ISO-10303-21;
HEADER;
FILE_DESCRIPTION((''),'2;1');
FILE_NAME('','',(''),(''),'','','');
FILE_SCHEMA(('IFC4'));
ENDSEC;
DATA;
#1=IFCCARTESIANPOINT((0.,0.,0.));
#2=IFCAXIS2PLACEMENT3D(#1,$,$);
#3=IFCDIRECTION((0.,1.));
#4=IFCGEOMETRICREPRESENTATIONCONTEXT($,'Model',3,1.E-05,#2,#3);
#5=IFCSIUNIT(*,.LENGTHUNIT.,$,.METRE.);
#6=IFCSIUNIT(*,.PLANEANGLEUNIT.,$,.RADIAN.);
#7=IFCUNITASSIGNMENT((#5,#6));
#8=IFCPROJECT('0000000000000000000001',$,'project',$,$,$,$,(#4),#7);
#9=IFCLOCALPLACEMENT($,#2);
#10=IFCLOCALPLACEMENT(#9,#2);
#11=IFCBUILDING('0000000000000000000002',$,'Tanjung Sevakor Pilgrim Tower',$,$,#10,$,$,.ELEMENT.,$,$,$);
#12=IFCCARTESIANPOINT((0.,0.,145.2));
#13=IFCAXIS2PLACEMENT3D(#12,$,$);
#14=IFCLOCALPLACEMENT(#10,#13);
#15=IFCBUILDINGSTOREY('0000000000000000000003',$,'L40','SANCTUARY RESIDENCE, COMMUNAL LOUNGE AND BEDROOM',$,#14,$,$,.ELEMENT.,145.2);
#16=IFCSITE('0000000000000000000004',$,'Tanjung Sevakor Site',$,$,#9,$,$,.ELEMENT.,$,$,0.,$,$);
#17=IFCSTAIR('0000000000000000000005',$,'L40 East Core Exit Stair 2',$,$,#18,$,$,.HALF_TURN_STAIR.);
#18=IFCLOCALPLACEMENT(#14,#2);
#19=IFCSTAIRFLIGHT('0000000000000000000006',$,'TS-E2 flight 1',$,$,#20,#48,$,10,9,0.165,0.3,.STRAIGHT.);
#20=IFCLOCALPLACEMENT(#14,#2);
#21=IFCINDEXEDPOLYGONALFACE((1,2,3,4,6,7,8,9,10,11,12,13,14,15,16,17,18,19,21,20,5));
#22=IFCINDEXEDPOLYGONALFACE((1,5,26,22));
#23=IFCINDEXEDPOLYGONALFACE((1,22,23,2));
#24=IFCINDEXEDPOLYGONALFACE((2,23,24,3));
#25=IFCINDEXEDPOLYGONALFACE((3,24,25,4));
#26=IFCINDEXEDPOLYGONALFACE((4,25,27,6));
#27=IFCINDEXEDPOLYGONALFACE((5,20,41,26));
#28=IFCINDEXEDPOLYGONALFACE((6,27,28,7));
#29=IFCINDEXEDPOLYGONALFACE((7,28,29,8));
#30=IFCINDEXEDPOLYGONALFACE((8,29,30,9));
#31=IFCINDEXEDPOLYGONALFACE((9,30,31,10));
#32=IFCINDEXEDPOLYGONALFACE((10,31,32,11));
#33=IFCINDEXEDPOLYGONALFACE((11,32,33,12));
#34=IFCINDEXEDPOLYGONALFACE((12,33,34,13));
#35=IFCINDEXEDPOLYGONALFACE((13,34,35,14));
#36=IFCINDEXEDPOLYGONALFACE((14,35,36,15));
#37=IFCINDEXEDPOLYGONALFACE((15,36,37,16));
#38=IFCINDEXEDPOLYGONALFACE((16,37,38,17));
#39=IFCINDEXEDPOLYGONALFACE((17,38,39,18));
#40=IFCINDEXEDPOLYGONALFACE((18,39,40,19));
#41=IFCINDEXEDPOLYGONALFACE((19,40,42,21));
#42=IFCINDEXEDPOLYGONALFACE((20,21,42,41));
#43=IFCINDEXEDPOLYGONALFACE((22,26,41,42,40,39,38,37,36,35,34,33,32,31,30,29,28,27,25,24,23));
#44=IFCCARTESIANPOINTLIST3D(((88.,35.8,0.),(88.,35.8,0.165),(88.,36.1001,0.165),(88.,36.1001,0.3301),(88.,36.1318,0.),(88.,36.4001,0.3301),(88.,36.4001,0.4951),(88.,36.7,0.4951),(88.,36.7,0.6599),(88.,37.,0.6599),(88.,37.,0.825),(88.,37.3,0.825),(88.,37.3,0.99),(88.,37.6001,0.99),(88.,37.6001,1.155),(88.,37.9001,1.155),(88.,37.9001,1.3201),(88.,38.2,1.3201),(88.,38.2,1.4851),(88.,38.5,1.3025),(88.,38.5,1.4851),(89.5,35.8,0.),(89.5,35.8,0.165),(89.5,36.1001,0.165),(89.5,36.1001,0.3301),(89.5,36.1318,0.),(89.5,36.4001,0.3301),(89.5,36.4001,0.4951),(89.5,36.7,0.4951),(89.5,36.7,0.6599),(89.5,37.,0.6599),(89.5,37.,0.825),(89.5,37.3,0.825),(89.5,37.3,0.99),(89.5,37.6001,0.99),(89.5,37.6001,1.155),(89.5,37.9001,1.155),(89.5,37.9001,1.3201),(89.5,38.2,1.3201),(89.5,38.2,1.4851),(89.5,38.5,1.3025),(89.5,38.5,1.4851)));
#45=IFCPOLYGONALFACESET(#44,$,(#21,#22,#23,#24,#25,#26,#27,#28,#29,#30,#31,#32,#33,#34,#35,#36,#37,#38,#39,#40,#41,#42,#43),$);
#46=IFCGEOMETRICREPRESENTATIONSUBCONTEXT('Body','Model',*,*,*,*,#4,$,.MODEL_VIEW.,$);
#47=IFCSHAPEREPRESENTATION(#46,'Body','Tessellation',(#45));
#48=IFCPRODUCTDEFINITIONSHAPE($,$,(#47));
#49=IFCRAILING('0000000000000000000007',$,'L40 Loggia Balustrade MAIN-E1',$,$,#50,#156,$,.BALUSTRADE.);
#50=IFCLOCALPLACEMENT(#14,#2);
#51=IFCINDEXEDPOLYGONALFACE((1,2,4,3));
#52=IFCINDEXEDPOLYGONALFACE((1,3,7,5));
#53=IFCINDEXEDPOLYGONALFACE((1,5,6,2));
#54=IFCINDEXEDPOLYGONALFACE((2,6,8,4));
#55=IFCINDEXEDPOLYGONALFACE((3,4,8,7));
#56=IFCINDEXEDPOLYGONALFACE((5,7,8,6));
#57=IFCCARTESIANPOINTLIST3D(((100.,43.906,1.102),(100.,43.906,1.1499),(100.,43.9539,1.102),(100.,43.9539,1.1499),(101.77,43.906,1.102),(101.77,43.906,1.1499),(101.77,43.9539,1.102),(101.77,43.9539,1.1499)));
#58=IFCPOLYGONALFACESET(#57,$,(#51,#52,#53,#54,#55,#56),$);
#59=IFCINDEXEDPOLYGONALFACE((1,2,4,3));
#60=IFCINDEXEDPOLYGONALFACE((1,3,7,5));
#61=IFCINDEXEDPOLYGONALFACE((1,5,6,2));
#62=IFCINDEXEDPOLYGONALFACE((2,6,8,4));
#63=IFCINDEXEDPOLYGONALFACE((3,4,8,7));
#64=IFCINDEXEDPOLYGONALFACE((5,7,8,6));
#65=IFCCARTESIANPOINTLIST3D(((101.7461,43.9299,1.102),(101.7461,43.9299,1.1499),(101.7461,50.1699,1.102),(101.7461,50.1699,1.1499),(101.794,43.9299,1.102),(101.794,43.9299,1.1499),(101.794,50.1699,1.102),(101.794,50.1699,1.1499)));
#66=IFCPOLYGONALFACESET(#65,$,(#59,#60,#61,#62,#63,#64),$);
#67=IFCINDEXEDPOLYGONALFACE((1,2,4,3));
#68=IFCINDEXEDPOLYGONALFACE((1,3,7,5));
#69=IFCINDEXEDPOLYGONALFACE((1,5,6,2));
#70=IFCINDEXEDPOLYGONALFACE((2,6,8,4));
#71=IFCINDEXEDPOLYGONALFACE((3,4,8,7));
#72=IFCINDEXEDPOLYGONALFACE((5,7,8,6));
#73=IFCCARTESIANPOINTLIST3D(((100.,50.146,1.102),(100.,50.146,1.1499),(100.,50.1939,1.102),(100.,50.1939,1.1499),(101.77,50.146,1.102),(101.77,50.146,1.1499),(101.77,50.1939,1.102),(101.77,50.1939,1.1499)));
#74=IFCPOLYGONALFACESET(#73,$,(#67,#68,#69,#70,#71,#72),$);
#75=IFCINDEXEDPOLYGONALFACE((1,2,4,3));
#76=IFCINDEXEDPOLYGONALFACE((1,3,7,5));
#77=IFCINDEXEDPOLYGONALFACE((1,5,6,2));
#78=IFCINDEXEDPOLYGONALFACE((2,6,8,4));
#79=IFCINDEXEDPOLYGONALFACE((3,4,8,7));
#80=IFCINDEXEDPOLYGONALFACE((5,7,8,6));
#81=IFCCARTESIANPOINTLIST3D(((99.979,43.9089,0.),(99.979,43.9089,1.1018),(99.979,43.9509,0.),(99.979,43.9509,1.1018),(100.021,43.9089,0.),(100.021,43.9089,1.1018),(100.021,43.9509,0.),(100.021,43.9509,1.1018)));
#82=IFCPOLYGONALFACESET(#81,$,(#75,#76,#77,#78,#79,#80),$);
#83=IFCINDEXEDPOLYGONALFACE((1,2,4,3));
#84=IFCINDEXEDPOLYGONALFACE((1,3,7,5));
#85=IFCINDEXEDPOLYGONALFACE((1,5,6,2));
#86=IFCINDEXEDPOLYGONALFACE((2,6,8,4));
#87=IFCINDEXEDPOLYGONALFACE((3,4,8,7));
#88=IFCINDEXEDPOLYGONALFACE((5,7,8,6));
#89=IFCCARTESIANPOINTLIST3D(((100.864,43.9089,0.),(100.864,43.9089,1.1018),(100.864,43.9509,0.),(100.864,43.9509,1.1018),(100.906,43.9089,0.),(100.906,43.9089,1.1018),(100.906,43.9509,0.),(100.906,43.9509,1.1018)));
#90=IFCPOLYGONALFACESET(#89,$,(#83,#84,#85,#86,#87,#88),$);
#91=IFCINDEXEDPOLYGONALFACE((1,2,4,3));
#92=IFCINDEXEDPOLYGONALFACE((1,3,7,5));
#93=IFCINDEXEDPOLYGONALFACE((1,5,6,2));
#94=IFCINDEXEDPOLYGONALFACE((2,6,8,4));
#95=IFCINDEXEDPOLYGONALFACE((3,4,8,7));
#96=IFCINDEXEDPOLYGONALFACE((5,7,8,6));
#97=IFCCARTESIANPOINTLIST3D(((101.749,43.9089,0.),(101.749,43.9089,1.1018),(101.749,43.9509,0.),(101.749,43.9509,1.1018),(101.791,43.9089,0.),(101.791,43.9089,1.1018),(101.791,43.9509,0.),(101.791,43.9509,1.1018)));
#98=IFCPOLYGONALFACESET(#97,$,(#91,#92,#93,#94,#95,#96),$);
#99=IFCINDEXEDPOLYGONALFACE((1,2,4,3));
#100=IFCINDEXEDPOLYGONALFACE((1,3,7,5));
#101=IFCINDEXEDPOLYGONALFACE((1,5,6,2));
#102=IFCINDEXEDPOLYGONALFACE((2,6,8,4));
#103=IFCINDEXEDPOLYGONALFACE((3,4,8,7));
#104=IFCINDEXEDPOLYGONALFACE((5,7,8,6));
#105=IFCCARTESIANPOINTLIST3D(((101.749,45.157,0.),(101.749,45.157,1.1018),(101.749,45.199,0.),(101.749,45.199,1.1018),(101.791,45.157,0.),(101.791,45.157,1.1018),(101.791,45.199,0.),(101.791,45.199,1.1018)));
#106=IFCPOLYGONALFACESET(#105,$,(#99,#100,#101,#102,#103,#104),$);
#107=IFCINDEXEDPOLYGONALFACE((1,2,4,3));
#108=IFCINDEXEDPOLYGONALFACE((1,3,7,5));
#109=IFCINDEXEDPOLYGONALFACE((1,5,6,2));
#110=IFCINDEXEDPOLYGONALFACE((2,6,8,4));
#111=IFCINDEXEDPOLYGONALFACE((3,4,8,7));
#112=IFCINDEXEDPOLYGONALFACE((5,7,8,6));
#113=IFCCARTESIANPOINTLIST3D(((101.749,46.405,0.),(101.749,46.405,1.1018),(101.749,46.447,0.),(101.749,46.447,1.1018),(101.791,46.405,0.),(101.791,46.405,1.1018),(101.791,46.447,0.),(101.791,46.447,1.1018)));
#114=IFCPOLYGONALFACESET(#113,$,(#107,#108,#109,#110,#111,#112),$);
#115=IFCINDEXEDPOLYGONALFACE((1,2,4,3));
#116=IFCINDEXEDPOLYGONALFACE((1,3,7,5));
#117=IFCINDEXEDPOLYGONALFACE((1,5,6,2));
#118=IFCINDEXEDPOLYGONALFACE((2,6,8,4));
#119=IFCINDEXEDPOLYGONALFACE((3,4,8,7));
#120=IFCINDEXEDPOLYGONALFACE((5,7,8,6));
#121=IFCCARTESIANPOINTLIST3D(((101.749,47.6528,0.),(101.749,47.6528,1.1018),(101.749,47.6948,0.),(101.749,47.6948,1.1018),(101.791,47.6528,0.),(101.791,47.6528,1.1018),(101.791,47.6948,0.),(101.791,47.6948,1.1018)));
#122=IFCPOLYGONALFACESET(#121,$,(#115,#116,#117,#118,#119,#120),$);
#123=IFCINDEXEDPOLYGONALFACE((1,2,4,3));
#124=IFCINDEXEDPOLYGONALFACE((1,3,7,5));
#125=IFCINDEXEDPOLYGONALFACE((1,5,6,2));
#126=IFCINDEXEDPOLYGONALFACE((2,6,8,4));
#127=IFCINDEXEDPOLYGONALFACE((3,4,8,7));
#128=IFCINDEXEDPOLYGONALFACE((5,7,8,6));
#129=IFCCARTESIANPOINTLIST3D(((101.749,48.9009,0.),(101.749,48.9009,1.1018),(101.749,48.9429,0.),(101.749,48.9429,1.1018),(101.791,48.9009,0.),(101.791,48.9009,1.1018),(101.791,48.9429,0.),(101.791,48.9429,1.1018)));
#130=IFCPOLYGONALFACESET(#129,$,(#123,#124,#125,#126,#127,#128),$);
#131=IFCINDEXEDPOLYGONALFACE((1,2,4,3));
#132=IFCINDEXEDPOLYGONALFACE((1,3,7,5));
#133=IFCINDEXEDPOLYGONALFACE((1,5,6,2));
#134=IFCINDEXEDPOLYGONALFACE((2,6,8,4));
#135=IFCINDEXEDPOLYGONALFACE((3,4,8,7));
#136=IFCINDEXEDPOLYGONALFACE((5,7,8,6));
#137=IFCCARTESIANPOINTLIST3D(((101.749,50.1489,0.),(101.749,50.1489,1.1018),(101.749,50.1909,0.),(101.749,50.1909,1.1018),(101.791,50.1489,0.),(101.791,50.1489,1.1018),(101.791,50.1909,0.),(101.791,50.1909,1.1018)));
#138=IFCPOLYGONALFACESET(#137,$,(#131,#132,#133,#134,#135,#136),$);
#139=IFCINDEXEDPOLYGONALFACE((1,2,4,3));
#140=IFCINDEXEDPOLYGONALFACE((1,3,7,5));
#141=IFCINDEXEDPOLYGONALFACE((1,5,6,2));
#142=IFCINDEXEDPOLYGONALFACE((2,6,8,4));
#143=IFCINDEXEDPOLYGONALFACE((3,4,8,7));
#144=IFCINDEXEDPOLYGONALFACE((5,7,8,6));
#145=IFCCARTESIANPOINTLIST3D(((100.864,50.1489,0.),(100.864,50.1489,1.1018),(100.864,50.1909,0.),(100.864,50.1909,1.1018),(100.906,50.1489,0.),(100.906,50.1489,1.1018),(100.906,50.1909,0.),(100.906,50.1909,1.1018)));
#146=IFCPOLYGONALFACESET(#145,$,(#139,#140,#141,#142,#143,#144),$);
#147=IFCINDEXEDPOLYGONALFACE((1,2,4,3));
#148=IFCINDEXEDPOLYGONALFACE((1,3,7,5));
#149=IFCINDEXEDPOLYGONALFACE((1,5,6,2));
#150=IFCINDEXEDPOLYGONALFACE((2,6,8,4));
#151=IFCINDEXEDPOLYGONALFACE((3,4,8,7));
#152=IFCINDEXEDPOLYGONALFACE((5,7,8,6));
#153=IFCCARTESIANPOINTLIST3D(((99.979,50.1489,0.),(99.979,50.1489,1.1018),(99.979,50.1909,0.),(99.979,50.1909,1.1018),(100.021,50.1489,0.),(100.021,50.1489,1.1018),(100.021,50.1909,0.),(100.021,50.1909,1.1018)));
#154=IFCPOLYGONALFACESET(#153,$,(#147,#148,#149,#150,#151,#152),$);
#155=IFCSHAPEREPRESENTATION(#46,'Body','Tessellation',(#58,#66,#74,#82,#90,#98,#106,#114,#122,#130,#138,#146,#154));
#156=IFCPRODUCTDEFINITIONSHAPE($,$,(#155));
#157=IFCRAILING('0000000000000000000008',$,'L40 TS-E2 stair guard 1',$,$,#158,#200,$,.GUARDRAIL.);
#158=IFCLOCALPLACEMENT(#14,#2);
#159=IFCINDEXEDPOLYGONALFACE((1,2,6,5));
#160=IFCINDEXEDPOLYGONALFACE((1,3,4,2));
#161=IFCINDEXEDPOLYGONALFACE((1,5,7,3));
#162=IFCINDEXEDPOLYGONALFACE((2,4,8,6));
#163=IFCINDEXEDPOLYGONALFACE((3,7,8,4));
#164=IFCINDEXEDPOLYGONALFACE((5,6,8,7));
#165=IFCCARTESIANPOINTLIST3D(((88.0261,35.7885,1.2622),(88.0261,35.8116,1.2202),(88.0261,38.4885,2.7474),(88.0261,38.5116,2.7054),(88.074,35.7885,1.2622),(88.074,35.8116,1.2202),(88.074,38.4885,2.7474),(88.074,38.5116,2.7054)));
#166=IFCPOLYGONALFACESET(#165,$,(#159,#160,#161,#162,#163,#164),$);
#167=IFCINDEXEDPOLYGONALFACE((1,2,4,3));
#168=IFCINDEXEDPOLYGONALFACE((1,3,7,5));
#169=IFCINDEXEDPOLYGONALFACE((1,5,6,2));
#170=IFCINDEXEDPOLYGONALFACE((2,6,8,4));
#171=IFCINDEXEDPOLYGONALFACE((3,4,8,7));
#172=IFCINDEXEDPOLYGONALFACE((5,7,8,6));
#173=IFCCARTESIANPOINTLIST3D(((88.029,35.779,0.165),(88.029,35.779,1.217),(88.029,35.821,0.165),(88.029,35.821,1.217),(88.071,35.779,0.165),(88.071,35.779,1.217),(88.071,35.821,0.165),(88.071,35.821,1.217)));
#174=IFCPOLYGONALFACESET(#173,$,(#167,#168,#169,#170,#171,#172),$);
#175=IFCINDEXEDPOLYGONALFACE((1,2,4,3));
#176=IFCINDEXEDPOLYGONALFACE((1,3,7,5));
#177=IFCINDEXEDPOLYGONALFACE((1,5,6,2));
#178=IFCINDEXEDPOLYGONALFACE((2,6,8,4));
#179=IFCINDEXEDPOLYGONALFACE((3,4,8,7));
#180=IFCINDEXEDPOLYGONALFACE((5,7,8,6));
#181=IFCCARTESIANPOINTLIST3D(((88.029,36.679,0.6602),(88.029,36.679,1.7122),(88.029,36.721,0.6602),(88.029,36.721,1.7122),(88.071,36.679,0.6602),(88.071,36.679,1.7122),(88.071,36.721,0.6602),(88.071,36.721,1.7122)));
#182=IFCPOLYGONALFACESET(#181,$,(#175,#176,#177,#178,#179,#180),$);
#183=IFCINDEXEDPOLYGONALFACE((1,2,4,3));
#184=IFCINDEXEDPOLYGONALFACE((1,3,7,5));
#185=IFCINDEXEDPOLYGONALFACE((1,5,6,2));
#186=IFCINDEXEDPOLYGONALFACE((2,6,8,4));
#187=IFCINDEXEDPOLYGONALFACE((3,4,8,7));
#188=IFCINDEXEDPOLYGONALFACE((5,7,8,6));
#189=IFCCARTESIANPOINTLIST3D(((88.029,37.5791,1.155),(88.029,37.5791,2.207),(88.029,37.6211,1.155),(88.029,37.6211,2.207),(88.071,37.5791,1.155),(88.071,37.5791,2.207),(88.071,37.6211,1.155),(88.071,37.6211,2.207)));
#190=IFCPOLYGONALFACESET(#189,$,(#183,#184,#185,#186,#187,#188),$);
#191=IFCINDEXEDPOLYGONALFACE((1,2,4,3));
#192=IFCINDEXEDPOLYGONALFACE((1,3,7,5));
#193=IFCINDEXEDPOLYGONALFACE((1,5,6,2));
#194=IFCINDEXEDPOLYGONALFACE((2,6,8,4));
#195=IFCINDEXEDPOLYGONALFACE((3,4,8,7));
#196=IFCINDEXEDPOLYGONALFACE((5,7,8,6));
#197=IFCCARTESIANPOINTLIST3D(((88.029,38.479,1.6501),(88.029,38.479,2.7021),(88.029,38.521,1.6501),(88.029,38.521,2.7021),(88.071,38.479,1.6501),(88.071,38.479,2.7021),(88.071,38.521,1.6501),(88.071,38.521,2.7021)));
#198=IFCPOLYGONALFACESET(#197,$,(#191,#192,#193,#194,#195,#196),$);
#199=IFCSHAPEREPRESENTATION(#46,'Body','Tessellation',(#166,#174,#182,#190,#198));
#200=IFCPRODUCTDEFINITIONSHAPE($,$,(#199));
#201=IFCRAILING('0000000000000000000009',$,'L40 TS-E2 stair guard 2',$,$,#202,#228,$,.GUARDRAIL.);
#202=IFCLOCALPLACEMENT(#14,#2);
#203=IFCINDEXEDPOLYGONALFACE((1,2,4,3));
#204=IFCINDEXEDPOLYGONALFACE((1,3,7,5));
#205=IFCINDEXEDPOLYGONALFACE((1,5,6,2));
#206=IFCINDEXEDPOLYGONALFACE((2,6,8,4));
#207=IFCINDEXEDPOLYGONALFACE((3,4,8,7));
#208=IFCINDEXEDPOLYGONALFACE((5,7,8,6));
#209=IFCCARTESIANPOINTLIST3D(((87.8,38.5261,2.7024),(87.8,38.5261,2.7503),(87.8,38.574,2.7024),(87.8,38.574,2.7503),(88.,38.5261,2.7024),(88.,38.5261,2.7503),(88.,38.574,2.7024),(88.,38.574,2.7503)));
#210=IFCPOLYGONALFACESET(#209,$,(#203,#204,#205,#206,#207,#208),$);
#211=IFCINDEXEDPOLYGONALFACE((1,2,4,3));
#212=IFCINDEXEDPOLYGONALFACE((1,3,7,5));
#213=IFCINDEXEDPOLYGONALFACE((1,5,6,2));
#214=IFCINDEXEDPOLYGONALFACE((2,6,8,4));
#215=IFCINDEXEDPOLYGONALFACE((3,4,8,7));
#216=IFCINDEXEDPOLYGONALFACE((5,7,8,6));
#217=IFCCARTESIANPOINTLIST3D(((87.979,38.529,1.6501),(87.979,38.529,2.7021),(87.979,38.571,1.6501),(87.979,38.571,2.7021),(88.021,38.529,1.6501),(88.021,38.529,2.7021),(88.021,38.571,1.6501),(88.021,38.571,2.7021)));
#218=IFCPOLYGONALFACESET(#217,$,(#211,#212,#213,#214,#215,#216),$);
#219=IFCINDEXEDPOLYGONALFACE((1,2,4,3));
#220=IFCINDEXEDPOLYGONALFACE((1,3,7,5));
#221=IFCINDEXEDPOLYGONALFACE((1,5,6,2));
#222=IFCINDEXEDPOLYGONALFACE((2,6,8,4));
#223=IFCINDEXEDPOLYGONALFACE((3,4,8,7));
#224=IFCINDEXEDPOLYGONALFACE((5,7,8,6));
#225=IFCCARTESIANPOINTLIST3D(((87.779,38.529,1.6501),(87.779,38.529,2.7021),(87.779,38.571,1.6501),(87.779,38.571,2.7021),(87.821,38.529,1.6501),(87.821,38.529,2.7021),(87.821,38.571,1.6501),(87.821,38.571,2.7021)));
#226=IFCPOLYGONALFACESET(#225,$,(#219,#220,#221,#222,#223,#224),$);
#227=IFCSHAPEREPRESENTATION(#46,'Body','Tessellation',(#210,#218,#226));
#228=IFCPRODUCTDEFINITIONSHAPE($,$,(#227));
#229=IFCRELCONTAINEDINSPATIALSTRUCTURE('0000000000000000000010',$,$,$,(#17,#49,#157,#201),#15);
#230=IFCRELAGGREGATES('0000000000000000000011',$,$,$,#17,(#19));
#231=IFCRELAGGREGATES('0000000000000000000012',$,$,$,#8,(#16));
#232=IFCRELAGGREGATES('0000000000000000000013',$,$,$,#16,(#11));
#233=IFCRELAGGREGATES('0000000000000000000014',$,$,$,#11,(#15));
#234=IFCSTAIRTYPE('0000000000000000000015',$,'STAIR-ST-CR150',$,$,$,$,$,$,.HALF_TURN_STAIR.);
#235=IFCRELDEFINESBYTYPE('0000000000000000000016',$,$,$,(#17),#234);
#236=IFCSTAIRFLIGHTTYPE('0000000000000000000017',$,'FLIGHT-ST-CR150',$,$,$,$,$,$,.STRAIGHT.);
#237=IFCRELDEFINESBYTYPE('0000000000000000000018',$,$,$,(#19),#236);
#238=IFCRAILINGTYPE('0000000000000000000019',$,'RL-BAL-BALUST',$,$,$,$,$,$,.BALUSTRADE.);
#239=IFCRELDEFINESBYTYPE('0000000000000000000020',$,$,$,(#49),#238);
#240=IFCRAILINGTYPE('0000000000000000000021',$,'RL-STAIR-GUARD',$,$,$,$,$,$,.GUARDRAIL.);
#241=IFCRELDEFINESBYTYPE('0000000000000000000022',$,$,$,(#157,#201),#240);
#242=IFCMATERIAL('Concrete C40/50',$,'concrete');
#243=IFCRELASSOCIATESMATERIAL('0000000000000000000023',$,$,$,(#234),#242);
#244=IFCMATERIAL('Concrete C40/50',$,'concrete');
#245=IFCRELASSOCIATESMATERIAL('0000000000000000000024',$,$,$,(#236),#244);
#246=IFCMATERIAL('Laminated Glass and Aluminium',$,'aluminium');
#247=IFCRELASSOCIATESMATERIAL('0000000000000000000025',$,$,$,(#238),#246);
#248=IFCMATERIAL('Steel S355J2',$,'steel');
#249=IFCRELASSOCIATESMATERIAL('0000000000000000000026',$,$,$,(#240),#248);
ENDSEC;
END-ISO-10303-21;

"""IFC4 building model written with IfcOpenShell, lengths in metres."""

from ifc_helpers import new_model, si_unit, direction, frame, origin, place, context, subcontext, project, spatial, polyline, rectangle, outline, extrude, material, type_object, element, aggregate, save


model = new_model("IFC4")

# Units and contexts
model_context = context("Model", 3, precision=1e-05, world=origin(), true_north=direction((0.0, 1.0)))
body_context = subcontext(model_context, "Body", "Model", "MODEL_VIEW")
ifc_project = project(units=[si_unit("LENGTHUNIT", "METRE"), si_unit("PLANEANGLEUNIT", "RADIAN")], contexts=[model_context])

# Site, building, storey
site_placement = place(None, origin())
site = spatial("IfcSite", under=ifc_project, at=site_placement, Name="Tanjung Sevakor Site", CompositionType="ELEMENT", RefElevation=0.0)
building_placement = place(site_placement, origin())
building = spatial("IfcBuilding", under=site, at=building_placement, Name="Tanjung Sevakor Pilgrim Tower", CompositionType="ELEMENT")
storey_placement = place(building_placement, frame((0.0, 0.0, 145.2)))
storey = spatial("IfcBuildingStorey", under=building, at=storey_placement, Name="L40", Description="SANCTUARY RESIDENCE, COMMUNAL LOUNGE AND BEDROOM", CompositionType="ELEMENT", Elevation=145.2)

# Stair, stair flight
ifc_material_1 = material(Name="Concrete C40/50", Category="concrete")
stair_type = type_object("IfcStairType", Name="STAIR-ST-CR150", PredefinedType="HALF_TURN_STAIR", material=ifc_material_1)
stair_placement = place(storey_placement, origin())
stair = element("IfcStair", 1, at=stair_placement, inside=storey, type_object=stair_type, Name="L40 East Core Exit Stair 2", PredefinedType="HALF_TURN_STAIR")
ifc_material_2 = material(Name="Concrete C40/50", Category="concrete")
stair_flight_type = type_object("IfcStairFlightType", Name="FLIGHT-ST-CR150", PredefinedType="STRAIGHT", material=ifc_material_2)
stair_flight_placement = place(storey_placement, frame((88.75, 35.8, 0.0), z_axis=(0.0, 0.0, 1.0), x_axis=(0.0, 1.0, 0.0)))
stair_flight = element("IfcStairFlight", 2, at=stair_flight_placement, type_object=stair_flight_type, Name="TS-E2 flight 1", NumberOfRisers=10, NumberOfTreads=9, PredefinedType="STRAIGHT", RiserHeight=0.165, TreadLength=0.3, context=body_context, shape_type="SweptSolid", body=[
    extrude(outline(polyline([(0.0, 0.0), (0.0, 0.165), (0.3, 0.165), (0.3, 0.3301), (0.6001, 0.3301), (0.6001, 0.4951), (0.8999, 0.4951), (0.8999, 0.6599), (1.2, 0.6599), (1.2, 0.825), (1.5, 0.825), (1.5, 0.99), (1.8, 0.99), (1.8, 1.155), (2.1001, 1.155), (2.1001, 1.3201), (2.3999, 1.3201), (2.3999, 1.4851), (2.7, 1.4851), (2.7, 1.6499), (2.7, 1.3025), (0.3318, 0.0), (0.0, 0.0)])), frame((0.0, 0.75, 0.0), z_axis=(0.0, -1.0, 0.0), x_axis=(1.0, 0.0, 0.0)), (0.0, 0.0, 1.0), 1.5),
])
aggregate(stair, [stair_flight])

# Railings
ifc_material_3 = material(Name="Laminated Glass and Aluminium", Category="aluminium")
railing_type_1 = type_object("IfcRailingType", Name="RL-BAL-BALUST", PredefinedType="BALUSTRADE", material=ifc_material_3)
railing_1_placement = place(storey_placement, frame((100.0, 43.9299, 0.0)))
element("IfcRailing", 3, at=railing_1_placement, inside=storey, type_object=railing_type_1, Name="L40 Loggia Balustrade MAIN-E1", PredefinedType="BALUSTRADE", context=body_context, shape_type="SweptSolid", body=[
    extrude(rectangle(XDim=0.0479, YDim=0.0479), frame((0.0, 0.0, 1.126), z_axis=(1.0, 0.0, 0.0), x_axis=(0.0, 1.0, 0.0)), (0.0, 0.0, 1.0), 1.77),
    extrude(rectangle(XDim=0.0479, YDim=0.0479), frame((1.77, 0.0, 1.126), z_axis=(0.0, 1.0, 0.0), x_axis=(-1.0, 0.0, 0.0)), (0.0, 0.0, 1.0), 6.24),
    extrude(rectangle(XDim=0.0479, YDim=0.0479), frame((1.77, 6.24, 1.126), z_axis=(-1.0, 0.0, 0.0), x_axis=(0.0, -1.0, 0.0)), (0.0, 0.0, 1.0), 1.77),
    extrude(rectangle(XDim=0.042, YDim=0.042), origin(), (0.0, 0.0, 1.0), 1.1018),
    extrude(rectangle(XDim=0.042, YDim=0.042), frame((0.885, 0.0, 0.0)), (0.0, 0.0, 1.0), 1.1018),
    extrude(rectangle(XDim=0.042, YDim=0.042), frame((1.77, 0.0, 0.0)), (0.0, 0.0, 1.0), 1.1018),
    extrude(rectangle(XDim=0.042, YDim=0.042), frame((1.77, 1.248, 0.0)), (0.0, 0.0, 1.0), 1.1018),
    extrude(rectangle(XDim=0.042, YDim=0.042), frame((1.77, 2.4961, 0.0)), (0.0, 0.0, 1.0), 1.1018),
    extrude(rectangle(XDim=0.042, YDim=0.042), frame((1.77, 3.7439, 0.0)), (0.0, 0.0, 1.0), 1.1018),
    extrude(rectangle(XDim=0.042, YDim=0.042), frame((1.77, 4.9919, 0.0)), (0.0, 0.0, 1.0), 1.1018),
    extrude(rectangle(XDim=0.042, YDim=0.042), frame((1.77, 6.24, 0.0)), (0.0, 0.0, 1.0), 1.1018),
    extrude(rectangle(XDim=0.042, YDim=0.042), frame((0.885, 6.24, 0.0)), (0.0, 0.0, 1.0), 1.1018),
    extrude(rectangle(XDim=0.042, YDim=0.042), frame((0.0, 6.24, 0.0)), (0.0, 0.0, 1.0), 1.1018),
])
ifc_material_4 = material(Name="Steel S355J2", Category="steel")
railing_type_2 = type_object("IfcRailingType", Name="RL-STAIR-GUARD", PredefinedType="GUARDRAIL", material=ifc_material_4)
railing_2_placement = place(storey_placement, frame((88.05, 35.8, 0.165)))
element("IfcRailing", 4, at=railing_2_placement, inside=storey, type_object=railing_type_2, Name="L40 TS-E2 stair guard 1", PredefinedType="GUARDRAIL", context=body_context, shape_type="SweptSolid", body=[
    extrude(rectangle(XDim=0.0479, YDim=0.0479), frame((0.0, 0.0, 1.0762), z_axis=(0.0, 0.876198, 0.481952), x_axis=(-1.0, 0.0, 0.0)), (0.0, 0.0, 1.0), 3.0815),
    extrude(rectangle(XDim=0.042, YDim=0.042), origin(), (0.0, 0.0, 1.0), 1.052),
    extrude(rectangle(XDim=0.042, YDim=0.042), frame((0.0, 0.8999, 0.4951)), (0.0, 0.0, 1.0), 1.052),
    extrude(rectangle(XDim=0.042, YDim=0.042), frame((0.0, 1.8, 0.99)), (0.0, 0.0, 1.0), 1.052),
    extrude(rectangle(XDim=0.042, YDim=0.042), frame((0.0, 2.7, 1.4851)), (0.0, 0.0, 1.0), 1.052),
])
railing_3_placement = place(storey_placement, frame((88.0, 38.55, 1.6501)))
element("IfcRailing", 5, at=railing_3_placement, inside=storey, type_object=railing_type_2, Name="L40 TS-E2 stair guard 2", PredefinedType="GUARDRAIL", context=body_context, shape_type="SweptSolid", body=[
    extrude(rectangle(XDim=0.0479, YDim=0.0479), frame((0.0, 0.0, 1.0762), z_axis=(-1.0, 0.0, 0.0), x_axis=(0.0, -1.0, 0.0)), (0.0, 0.0, 1.0), 0.2),
    extrude(rectangle(XDim=0.042, YDim=0.042), origin(), (0.0, 0.0, 1.0), 1.052),
    extrude(rectangle(XDim=0.042, YDim=0.042), frame((-0.2, 0.0, 0.0)), (0.0, 0.0, 1.0), 1.052),
])

save(model, "model.ifc")
